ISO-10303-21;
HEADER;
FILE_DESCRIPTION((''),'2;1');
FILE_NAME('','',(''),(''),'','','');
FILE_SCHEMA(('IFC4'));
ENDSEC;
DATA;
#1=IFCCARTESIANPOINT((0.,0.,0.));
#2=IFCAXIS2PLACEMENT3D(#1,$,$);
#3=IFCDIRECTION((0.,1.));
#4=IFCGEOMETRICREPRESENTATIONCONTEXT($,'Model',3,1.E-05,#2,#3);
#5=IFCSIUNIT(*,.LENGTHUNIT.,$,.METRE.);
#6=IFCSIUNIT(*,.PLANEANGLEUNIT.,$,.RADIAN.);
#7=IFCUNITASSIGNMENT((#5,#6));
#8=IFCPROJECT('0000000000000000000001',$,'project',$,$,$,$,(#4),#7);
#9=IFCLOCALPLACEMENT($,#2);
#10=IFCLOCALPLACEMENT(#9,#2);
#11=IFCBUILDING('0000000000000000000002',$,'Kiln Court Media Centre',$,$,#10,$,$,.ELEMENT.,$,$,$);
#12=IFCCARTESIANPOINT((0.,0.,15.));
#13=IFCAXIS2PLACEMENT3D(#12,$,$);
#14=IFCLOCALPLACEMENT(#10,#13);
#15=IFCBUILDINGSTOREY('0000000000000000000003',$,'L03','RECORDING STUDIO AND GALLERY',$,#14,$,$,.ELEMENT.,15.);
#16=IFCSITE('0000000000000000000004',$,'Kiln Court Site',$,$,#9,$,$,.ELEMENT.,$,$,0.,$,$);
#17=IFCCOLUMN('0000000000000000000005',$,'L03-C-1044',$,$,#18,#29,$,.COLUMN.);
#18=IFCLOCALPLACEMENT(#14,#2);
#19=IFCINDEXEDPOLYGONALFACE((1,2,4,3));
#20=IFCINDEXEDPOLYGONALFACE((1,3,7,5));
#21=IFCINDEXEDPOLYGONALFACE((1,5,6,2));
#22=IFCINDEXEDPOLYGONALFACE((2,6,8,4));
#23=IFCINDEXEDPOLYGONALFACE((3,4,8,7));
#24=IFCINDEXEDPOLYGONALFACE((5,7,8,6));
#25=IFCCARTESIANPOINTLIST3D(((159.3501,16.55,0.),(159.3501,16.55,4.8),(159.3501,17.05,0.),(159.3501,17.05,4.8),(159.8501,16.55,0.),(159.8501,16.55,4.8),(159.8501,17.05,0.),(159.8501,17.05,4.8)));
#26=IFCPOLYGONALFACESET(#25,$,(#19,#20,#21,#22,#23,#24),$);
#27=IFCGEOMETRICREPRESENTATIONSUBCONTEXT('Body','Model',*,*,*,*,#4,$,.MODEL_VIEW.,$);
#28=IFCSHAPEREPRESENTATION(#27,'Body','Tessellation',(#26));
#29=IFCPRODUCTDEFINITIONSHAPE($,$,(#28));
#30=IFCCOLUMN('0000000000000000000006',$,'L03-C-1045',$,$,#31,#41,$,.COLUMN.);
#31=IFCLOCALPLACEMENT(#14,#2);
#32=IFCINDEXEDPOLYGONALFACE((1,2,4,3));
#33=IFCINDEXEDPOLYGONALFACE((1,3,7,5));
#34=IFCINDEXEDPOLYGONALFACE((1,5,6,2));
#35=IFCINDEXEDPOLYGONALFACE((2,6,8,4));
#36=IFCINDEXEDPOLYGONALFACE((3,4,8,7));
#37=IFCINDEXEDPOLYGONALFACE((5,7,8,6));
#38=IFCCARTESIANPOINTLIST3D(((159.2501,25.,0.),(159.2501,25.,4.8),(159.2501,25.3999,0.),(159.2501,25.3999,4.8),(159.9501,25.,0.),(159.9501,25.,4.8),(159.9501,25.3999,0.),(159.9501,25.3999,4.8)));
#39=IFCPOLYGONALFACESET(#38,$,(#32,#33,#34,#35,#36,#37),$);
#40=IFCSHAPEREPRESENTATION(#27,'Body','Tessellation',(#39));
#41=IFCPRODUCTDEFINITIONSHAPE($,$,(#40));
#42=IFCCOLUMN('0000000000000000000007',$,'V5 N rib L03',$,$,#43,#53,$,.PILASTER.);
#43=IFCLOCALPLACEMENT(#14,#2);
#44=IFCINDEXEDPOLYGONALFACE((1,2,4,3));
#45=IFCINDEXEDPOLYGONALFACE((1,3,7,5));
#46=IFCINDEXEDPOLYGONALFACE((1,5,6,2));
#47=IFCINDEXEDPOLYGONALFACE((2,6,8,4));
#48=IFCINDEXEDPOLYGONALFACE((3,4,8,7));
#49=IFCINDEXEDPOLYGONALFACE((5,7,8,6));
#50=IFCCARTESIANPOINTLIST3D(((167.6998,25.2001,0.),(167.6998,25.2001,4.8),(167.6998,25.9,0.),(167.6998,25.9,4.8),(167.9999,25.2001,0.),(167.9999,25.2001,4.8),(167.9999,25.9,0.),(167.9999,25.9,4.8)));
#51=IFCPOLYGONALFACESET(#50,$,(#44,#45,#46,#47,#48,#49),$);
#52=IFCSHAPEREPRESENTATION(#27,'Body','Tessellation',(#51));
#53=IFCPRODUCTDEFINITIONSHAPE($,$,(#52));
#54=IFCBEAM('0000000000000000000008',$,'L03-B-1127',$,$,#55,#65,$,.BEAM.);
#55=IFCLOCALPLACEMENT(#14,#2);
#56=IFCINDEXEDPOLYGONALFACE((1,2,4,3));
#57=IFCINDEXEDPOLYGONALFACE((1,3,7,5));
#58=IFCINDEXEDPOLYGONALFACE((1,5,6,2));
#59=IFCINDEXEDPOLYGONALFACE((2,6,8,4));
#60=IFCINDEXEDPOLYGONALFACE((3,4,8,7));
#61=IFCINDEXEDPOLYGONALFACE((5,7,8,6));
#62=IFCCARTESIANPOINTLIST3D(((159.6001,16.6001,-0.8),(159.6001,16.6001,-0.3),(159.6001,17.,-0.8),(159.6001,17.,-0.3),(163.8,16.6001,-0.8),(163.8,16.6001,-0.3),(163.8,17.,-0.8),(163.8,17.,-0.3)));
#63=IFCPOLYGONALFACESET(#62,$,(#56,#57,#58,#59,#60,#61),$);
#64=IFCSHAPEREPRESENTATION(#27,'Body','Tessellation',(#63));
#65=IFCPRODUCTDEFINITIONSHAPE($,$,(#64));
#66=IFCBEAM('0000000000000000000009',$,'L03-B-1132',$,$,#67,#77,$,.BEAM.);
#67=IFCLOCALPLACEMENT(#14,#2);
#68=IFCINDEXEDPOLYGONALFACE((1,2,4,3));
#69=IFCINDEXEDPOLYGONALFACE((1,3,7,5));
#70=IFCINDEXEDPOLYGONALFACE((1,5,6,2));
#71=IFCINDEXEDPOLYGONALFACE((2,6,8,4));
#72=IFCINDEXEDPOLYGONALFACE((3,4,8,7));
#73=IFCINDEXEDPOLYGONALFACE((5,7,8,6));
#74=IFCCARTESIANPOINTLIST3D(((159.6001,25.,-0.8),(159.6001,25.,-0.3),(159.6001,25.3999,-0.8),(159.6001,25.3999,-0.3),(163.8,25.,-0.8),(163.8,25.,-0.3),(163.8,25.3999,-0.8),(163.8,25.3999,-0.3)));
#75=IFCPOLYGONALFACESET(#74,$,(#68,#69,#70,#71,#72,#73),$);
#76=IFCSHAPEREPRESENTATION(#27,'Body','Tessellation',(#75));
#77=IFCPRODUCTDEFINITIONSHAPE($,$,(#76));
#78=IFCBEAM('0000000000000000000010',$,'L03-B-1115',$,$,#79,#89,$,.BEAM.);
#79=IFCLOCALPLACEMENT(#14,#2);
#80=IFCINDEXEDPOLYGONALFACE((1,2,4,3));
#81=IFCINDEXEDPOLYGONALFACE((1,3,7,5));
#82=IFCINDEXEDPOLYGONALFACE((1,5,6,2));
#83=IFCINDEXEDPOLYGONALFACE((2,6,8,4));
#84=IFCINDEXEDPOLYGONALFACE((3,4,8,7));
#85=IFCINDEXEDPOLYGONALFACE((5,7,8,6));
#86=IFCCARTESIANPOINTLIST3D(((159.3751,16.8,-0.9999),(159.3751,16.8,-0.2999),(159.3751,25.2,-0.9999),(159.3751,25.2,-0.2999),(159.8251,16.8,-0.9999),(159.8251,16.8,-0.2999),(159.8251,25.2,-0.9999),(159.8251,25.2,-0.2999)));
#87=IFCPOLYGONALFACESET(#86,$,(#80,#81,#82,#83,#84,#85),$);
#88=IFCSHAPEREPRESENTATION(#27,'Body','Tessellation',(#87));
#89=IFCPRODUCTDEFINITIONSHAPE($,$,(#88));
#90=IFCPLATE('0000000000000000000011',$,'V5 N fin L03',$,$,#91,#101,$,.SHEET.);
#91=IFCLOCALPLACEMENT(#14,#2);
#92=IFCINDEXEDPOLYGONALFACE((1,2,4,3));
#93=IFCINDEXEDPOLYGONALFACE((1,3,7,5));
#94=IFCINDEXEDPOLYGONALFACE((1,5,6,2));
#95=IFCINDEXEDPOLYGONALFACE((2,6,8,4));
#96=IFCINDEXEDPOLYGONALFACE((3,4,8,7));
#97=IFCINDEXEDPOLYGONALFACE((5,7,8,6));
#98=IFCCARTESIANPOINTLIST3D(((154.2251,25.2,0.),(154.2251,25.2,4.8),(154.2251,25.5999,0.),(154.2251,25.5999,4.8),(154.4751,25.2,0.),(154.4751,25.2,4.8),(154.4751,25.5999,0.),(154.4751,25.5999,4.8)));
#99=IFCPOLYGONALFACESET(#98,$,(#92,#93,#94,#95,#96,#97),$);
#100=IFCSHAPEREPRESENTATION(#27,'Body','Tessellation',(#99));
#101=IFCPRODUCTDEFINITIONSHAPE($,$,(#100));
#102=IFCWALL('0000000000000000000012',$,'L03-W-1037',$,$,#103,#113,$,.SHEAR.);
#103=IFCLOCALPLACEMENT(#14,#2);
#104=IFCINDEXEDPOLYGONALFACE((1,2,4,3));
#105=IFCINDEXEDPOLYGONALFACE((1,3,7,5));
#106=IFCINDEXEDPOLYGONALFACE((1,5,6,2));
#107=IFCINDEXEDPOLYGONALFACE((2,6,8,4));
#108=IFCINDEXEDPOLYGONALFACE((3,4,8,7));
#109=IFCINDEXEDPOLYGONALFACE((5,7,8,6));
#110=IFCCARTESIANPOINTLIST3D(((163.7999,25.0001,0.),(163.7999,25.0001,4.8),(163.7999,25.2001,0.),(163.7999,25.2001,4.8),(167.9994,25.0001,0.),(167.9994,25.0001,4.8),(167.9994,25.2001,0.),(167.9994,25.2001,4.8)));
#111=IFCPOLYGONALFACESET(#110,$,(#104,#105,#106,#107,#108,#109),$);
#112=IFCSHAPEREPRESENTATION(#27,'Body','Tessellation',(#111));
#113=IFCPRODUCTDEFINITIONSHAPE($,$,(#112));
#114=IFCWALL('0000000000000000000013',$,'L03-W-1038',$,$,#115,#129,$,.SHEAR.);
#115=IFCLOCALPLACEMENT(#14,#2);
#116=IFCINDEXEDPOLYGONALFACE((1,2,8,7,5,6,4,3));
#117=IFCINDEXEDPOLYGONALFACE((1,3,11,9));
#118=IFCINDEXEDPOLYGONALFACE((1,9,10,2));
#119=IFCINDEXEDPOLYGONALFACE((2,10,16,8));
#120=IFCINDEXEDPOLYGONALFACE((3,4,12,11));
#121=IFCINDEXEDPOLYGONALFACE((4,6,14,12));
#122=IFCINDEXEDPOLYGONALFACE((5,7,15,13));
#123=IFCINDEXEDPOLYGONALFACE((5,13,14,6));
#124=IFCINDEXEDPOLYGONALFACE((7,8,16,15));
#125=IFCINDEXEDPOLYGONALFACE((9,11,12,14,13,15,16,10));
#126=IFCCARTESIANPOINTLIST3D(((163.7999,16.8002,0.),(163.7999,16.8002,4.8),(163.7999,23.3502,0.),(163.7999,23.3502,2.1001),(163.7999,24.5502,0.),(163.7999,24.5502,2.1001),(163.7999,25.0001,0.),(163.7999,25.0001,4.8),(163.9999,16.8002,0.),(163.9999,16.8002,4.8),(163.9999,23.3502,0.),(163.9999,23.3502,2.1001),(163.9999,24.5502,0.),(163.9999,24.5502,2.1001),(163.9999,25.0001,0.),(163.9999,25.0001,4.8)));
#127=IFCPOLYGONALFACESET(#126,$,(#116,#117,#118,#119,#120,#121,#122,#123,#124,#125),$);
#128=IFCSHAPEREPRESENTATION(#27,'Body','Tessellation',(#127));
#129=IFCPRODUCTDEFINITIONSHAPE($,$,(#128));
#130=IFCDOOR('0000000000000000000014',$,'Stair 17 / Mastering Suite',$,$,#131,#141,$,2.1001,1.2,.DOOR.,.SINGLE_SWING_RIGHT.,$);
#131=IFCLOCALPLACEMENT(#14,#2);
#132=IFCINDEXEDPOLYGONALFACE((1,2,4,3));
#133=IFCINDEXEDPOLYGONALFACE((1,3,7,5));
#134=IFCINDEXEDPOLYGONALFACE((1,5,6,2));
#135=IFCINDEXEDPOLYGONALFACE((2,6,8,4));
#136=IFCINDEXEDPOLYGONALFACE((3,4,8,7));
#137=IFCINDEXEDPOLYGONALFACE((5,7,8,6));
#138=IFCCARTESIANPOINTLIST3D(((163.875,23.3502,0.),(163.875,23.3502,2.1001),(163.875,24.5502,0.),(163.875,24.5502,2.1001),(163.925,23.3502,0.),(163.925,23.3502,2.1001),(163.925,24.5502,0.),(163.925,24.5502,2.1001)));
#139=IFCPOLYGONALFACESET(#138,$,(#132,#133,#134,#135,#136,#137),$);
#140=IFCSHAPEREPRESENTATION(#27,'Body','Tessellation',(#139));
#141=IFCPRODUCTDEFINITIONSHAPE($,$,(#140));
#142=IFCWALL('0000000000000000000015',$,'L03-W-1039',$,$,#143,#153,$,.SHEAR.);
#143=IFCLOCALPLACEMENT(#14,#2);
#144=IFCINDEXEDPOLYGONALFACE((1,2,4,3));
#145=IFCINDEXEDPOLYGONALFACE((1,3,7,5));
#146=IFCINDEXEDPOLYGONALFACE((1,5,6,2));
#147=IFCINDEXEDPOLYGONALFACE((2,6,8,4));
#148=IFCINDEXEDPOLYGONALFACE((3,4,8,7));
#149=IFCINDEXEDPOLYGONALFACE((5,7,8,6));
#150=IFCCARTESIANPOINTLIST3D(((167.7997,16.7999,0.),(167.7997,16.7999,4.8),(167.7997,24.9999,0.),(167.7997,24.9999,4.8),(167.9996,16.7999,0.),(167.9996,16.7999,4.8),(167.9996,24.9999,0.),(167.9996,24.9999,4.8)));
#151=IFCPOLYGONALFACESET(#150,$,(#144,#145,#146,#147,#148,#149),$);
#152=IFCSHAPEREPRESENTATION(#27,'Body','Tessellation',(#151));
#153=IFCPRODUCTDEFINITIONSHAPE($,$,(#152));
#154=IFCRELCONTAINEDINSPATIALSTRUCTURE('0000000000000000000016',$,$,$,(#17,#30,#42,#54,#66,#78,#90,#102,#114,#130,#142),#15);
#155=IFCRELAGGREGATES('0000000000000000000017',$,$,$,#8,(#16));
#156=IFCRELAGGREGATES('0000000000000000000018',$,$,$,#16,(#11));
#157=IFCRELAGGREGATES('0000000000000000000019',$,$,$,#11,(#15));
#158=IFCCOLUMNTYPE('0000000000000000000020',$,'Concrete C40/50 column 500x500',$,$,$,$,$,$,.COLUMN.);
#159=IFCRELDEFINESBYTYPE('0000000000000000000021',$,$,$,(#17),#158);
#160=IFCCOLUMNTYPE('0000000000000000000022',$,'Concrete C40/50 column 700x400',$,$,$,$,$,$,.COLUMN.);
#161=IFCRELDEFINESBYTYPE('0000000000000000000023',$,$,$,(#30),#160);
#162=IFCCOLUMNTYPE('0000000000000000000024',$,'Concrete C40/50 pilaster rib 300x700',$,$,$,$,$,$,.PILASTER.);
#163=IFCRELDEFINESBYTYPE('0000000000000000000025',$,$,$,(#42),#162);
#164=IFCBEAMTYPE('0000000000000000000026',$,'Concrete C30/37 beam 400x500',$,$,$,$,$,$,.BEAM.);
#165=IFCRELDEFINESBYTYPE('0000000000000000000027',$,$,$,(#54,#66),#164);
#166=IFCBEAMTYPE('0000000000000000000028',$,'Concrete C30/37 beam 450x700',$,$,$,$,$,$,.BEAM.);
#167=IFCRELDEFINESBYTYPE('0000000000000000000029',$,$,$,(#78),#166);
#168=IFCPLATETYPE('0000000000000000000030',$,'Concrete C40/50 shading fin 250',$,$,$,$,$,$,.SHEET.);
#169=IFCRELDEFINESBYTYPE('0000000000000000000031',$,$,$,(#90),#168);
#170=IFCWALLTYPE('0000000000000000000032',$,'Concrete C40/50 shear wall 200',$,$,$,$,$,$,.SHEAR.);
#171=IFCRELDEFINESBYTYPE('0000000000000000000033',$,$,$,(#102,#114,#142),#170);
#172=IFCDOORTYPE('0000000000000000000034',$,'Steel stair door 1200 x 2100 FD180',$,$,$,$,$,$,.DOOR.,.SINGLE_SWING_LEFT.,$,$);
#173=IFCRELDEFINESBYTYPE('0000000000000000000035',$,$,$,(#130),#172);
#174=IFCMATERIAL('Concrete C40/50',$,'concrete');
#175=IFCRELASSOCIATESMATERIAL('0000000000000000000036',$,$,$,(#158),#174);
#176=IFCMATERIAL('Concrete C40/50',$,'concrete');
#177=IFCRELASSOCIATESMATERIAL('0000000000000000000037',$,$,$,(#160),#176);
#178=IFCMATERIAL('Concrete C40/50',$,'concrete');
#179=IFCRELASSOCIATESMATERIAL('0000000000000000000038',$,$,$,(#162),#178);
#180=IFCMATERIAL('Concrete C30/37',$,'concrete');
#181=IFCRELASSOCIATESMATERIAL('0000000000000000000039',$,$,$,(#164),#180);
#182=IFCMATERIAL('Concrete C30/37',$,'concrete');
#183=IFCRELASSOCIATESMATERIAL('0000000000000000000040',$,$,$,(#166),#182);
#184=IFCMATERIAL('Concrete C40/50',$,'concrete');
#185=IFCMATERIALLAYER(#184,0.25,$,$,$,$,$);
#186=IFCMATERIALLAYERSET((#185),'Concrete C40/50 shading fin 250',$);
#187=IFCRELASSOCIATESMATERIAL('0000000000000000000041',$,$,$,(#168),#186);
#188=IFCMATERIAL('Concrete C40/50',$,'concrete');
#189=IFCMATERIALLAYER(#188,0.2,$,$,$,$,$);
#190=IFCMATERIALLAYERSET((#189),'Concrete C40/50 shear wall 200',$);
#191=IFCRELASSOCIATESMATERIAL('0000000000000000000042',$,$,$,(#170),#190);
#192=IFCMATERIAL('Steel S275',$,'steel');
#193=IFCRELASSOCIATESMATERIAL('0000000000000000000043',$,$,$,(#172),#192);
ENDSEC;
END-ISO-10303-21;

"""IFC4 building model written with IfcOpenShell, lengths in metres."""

from ifc_helpers import new_model, si_unit, direction, frame, frame_2d, origin, origin_2d, place, context, subcontext, project, spatial, rectangle, extrude, material, layer, layer_set, material_profile, profile_set, type_object, element, fill, save


model = new_model("IFC4")

# Units and contexts
model_context = context("Model", 3, precision=1e-05, world=origin(), true_north=direction((0.0, 1.0)))
body_context = subcontext(model_context, "Body", "Model", "MODEL_VIEW")
ifc_project = project(units=[si_unit("LENGTHUNIT", "METRE"), si_unit("PLANEANGLEUNIT", "RADIAN")], contexts=[model_context])

# Site, building, storey
site_placement = place(None, origin())
site = spatial("IfcSite", under=ifc_project, at=site_placement, Name="Kiln Court Site", CompositionType="ELEMENT", RefElevation=0.0)
building_placement = place(site_placement, origin())
building = spatial("IfcBuilding", under=site, at=building_placement, Name="Kiln Court Media Centre", CompositionType="ELEMENT")
storey_placement = place(building_placement, frame((0.0, 0.0, 15.0)))
storey = spatial("IfcBuildingStorey", under=building, at=storey_placement, Name="L03", Description="RECORDING STUDIO AND GALLERY", CompositionType="ELEMENT", Elevation=15.0)

# Columns
ifc_material_1 = material(Name="Concrete C40/50", Category="concrete")
ifc_material_profile_1 = material_profile(ifc_material_1, rectangle(XDim=0.5, YDim=0.5, at=origin_2d()), Name="RC 500x500")
ifc_profile_set_1 = profile_set([ifc_material_profile_1], Name="Concrete C40/50")
column_type_1 = type_object("IfcColumnType", Name="Concrete C40/50 column 500x500", PredefinedType="COLUMN", material=ifc_profile_set_1)
column_1_placement = place(storey_placement, frame((159.6001, 16.8, 0.0), z_axis=(0.0, 0.0, 1.0), x_axis=(1.0, 0.0, 0.0)))
element("IfcColumn", 1, at=column_1_placement, inside=storey, type_object=column_type_1, Name="L03-C-1044", PredefinedType="COLUMN", context=body_context, shape_type="SweptSolid", body=[
    extrude(rectangle(XDim=0.5, YDim=0.5, at=origin_2d()), origin(), (0.0, 0.0, 1.0), 4.8),
])
ifc_material_2 = material(Name="Concrete C40/50", Category="concrete")
ifc_material_profile_2 = material_profile(ifc_material_2, rectangle(XDim=0.7, YDim=0.3999, at=origin_2d()), Name="RC 700x400")
ifc_profile_set_2 = profile_set([ifc_material_profile_2], Name="Concrete C40/50")
column_type_2 = type_object("IfcColumnType", Name="Concrete C40/50 column 700x400", PredefinedType="COLUMN", material=ifc_profile_set_2)
column_2_placement = place(storey_placement, frame((159.6001, 25.2, 0.0), z_axis=(0.0, 0.0, 1.0), x_axis=(1.0, 0.0, 0.0)))
element("IfcColumn", 2, at=column_2_placement, inside=storey, type_object=column_type_2, Name="L03-C-1045", PredefinedType="COLUMN", context=body_context, shape_type="SweptSolid", body=[
    extrude(rectangle(XDim=0.7, YDim=0.3999, at=origin_2d()), origin(), (0.0, 0.0, 1.0), 4.8),
])
ifc_material_3 = material(Name="Concrete C40/50", Category="concrete")
ifc_material_profile_3 = material_profile(ifc_material_3, rectangle(XDim=0.3, YDim=0.7, at=origin_2d()), Name="RC 300x700")
ifc_profile_set_3 = profile_set([ifc_material_profile_3], Name="Concrete C40/50")
column_type_3 = type_object("IfcColumnType", Name="Concrete C40/50 pilaster rib 300x700", PredefinedType="PILASTER", material=ifc_profile_set_3)
column_3_placement = place(storey_placement, frame((167.8499, 25.55, 0.0), z_axis=(0.0, 0.0, 1.0), x_axis=(1.0, 0.0, 0.0)))
element("IfcColumn", 3, at=column_3_placement, inside=storey, type_object=column_type_3, Name="V5 N rib L03", PredefinedType="PILASTER", context=body_context, shape_type="SweptSolid", body=[
    extrude(rectangle(XDim=0.3, YDim=0.7, at=origin_2d()), origin(), (0.0, 0.0, 1.0), 4.8),
])

# Beams
ifc_material_4 = material(Name="Concrete C30/37", Category="concrete")
ifc_material_profile_4 = material_profile(ifc_material_4, rectangle(XDim=0.3999, YDim=0.5, at=origin_2d()), Name="RC 400x500")
ifc_profile_set_4 = profile_set([ifc_material_profile_4], Name="Concrete C30/37")
beam_type_1 = type_object("IfcBeamType", Name="Concrete C30/37 beam 400x500", PredefinedType="BEAM", material=ifc_profile_set_4)
for number, where, z_axis, x_axis, name in (
    (4, (159.6001, 16.8, -0.55), (1.0, 0.0, 0.0), (0.0, 1.0, 0.0), "L03-B-1127"),
    (5, (159.6001, 25.2, -0.55), (1.0, 0.0, 0.0), (0.0, 1.0, 0.0), "L03-B-1132"),
):
    element("IfcBeam", number, at=place(storey_placement, frame(where, z_axis=z_axis, x_axis=x_axis)), inside=storey, type_object=beam_type_1, Name=name, PredefinedType="BEAM", context=body_context, shape_type="SweptSolid", body=[
        extrude(rectangle(XDim=0.3999, YDim=0.5, at=origin_2d()), origin(), (0.0, 0.0, 1.0), 4.2),
    ])
ifc_material_5 = material(Name="Concrete C30/37", Category="concrete")
ifc_material_profile_5 = material_profile(ifc_material_5, rectangle(XDim=0.45, YDim=0.7, at=origin_2d()), Name="RC 450x700")
ifc_profile_set_5 = profile_set([ifc_material_profile_5], Name="Concrete C30/37")
beam_type_2 = type_object("IfcBeamType", Name="Concrete C30/37 beam 450x700", PredefinedType="BEAM", material=ifc_profile_set_5)
beam_placement = place(storey_placement, frame((159.6001, 16.8, -0.6499), z_axis=(0.0, 1.0, 0.0), x_axis=(-1.0, 0.0, 0.0)))
element("IfcBeam", 6, at=beam_placement, inside=storey, type_object=beam_type_2, Name="L03-B-1115", PredefinedType="BEAM", context=body_context, shape_type="SweptSolid", body=[
    extrude(rectangle(XDim=0.45, YDim=0.7, at=origin_2d()), origin(), (0.0, 0.0, 1.0), 8.3999),
])

# Plate
ifc_material_6 = material(Name="Concrete C40/50", Category="concrete")
ifc_layer_1 = layer(ifc_material_6, 0.25)
ifc_layer_set_1 = layer_set([ifc_layer_1], Name="Concrete C40/50 shading fin 250")
plate_type = type_object("IfcPlateType", Name="Concrete C40/50 shading fin 250", PredefinedType="SHEET", material=ifc_layer_set_1)
plate_placement = place(storey_placement, frame((154.3501, 25.3999, 0.0), z_axis=(0.0, 0.0, 1.0), x_axis=(1.0, 0.0, 0.0)))
element("IfcPlate", 7, at=plate_placement, inside=storey, type_object=plate_type, Name="V5 N fin L03", PredefinedType="SHEET", context=body_context, shape_type="SweptSolid", body=[
    extrude(rectangle(XDim=0.25, YDim=0.3999, at=origin_2d()), origin(), (0.0, 0.0, 1.0), 4.8),
])

# Wall
ifc_material_7 = material(Name="Concrete C40/50", Category="concrete")
ifc_layer_2 = layer(ifc_material_7, 0.2)
ifc_layer_set_2 = layer_set([ifc_layer_2], Name="Concrete C40/50 shear wall 200")
wall_type_1 = type_object("IfcWallType", Name="Concrete C40/50 shear wall 200", PredefinedType="SHEAR", material=ifc_layer_set_2)
wall_1_placement = place(storey_placement, frame((163.8, 25.1001, 0.0), z_axis=(0.0, 0.0, 1.0), x_axis=(1.0, 0.0, 0.0)))
element("IfcWall", 8, at=wall_1_placement, inside=storey, type_object=wall_type_1, Name="L03-W-1037", PredefinedType="SHEAR", context=body_context, shape_type="SweptSolid", body=[
    extrude(rectangle(XDim=4.1995, YDim=0.2, at=frame_2d((2.0996, 0.0))), origin(), (0.0, 0.0, 1.0), 4.8),
])

# Wall, opening, door
wall_2_placement = place(storey_placement, frame((163.8999, 16.8, 0.0), z_axis=(0.0, 0.0, 1.0), x_axis=(0.0, 1.0, 0.0)))
wall_2 = element("IfcWall", 9, at=wall_2_placement, inside=storey, type_object=wall_type_1, Name="L03-W-1038", PredefinedType="SHEAR", context=body_context, shape_type="SweptSolid", body=[
    extrude(rectangle(XDim=8.2, YDim=0.2, at=frame_2d((4.1001, 0.0))), origin(), (0.0, 0.0, 1.0), 4.8),
])
opening_1_placement = place(wall_2_placement, frame((6.55, 0.0, 0.0)))
opening_1 = element("IfcOpeningElement", 10, at=opening_1_placement, cuts=wall_2, PredefinedType="OPENING", context=body_context, shape_type="SweptSolid", body=[
    extrude(rectangle(XDim=1.2, YDim=2.1001, at=frame_2d((0.6001, 1.05))), frame((0.0, 0.1099, 0.0), z_axis=(0.0, -1.0, 0.0), x_axis=(1.0, 0.0, 0.0)), (0.0, 0.0, 1.0), 0.22),
])
ifc_material_8 = material(Name="Steel S275", Category="steel")
door_type_1 = type_object("IfcDoorType", Name="Steel stair door 1200 x 2100 FD180", OperationType="SINGLE_SWING_LEFT", PredefinedType="DOOR", material=ifc_material_8)
door_1_placement = place(opening_1_placement, origin())
door_1 = element("IfcDoor", 11, at=door_1_placement, inside=storey, type_object=door_type_1, Name="Stair 17 / Mastering Suite", OperationType="SINGLE_SWING_RIGHT", OverallHeight=2.1001, OverallWidth=1.2, PredefinedType="DOOR", context=body_context, shape_type="SweptSolid", body=[
    extrude(rectangle(XDim=1.2, YDim=2.1001, at=frame_2d((0.6001, 1.05))), frame((0.0, 0.0249, 0.0), z_axis=(0.0, -1.0, 0.0), x_axis=(1.0, 0.0, 0.0)), (0.0, 0.0, 1.0), 0.05),
])
fill(opening_1, door_1)

# Wall
wall_3_placement = place(storey_placement, frame((167.8997, 25.0, 0.0), z_axis=(0.0, 0.0, 1.0), x_axis=(0.0, -1.0, 0.0)))
element("IfcWall", 12, at=wall_3_placement, inside=storey, type_object=wall_type_1, Name="L03-W-1039", PredefinedType="SHEAR", context=body_context, shape_type="SweptSolid", body=[
    extrude(rectangle(XDim=8.2, YDim=0.2, at=frame_2d((4.1001, 0.0))), origin(), (0.0, 0.0, 1.0), 4.8),
])

save(model, "model.ifc")
